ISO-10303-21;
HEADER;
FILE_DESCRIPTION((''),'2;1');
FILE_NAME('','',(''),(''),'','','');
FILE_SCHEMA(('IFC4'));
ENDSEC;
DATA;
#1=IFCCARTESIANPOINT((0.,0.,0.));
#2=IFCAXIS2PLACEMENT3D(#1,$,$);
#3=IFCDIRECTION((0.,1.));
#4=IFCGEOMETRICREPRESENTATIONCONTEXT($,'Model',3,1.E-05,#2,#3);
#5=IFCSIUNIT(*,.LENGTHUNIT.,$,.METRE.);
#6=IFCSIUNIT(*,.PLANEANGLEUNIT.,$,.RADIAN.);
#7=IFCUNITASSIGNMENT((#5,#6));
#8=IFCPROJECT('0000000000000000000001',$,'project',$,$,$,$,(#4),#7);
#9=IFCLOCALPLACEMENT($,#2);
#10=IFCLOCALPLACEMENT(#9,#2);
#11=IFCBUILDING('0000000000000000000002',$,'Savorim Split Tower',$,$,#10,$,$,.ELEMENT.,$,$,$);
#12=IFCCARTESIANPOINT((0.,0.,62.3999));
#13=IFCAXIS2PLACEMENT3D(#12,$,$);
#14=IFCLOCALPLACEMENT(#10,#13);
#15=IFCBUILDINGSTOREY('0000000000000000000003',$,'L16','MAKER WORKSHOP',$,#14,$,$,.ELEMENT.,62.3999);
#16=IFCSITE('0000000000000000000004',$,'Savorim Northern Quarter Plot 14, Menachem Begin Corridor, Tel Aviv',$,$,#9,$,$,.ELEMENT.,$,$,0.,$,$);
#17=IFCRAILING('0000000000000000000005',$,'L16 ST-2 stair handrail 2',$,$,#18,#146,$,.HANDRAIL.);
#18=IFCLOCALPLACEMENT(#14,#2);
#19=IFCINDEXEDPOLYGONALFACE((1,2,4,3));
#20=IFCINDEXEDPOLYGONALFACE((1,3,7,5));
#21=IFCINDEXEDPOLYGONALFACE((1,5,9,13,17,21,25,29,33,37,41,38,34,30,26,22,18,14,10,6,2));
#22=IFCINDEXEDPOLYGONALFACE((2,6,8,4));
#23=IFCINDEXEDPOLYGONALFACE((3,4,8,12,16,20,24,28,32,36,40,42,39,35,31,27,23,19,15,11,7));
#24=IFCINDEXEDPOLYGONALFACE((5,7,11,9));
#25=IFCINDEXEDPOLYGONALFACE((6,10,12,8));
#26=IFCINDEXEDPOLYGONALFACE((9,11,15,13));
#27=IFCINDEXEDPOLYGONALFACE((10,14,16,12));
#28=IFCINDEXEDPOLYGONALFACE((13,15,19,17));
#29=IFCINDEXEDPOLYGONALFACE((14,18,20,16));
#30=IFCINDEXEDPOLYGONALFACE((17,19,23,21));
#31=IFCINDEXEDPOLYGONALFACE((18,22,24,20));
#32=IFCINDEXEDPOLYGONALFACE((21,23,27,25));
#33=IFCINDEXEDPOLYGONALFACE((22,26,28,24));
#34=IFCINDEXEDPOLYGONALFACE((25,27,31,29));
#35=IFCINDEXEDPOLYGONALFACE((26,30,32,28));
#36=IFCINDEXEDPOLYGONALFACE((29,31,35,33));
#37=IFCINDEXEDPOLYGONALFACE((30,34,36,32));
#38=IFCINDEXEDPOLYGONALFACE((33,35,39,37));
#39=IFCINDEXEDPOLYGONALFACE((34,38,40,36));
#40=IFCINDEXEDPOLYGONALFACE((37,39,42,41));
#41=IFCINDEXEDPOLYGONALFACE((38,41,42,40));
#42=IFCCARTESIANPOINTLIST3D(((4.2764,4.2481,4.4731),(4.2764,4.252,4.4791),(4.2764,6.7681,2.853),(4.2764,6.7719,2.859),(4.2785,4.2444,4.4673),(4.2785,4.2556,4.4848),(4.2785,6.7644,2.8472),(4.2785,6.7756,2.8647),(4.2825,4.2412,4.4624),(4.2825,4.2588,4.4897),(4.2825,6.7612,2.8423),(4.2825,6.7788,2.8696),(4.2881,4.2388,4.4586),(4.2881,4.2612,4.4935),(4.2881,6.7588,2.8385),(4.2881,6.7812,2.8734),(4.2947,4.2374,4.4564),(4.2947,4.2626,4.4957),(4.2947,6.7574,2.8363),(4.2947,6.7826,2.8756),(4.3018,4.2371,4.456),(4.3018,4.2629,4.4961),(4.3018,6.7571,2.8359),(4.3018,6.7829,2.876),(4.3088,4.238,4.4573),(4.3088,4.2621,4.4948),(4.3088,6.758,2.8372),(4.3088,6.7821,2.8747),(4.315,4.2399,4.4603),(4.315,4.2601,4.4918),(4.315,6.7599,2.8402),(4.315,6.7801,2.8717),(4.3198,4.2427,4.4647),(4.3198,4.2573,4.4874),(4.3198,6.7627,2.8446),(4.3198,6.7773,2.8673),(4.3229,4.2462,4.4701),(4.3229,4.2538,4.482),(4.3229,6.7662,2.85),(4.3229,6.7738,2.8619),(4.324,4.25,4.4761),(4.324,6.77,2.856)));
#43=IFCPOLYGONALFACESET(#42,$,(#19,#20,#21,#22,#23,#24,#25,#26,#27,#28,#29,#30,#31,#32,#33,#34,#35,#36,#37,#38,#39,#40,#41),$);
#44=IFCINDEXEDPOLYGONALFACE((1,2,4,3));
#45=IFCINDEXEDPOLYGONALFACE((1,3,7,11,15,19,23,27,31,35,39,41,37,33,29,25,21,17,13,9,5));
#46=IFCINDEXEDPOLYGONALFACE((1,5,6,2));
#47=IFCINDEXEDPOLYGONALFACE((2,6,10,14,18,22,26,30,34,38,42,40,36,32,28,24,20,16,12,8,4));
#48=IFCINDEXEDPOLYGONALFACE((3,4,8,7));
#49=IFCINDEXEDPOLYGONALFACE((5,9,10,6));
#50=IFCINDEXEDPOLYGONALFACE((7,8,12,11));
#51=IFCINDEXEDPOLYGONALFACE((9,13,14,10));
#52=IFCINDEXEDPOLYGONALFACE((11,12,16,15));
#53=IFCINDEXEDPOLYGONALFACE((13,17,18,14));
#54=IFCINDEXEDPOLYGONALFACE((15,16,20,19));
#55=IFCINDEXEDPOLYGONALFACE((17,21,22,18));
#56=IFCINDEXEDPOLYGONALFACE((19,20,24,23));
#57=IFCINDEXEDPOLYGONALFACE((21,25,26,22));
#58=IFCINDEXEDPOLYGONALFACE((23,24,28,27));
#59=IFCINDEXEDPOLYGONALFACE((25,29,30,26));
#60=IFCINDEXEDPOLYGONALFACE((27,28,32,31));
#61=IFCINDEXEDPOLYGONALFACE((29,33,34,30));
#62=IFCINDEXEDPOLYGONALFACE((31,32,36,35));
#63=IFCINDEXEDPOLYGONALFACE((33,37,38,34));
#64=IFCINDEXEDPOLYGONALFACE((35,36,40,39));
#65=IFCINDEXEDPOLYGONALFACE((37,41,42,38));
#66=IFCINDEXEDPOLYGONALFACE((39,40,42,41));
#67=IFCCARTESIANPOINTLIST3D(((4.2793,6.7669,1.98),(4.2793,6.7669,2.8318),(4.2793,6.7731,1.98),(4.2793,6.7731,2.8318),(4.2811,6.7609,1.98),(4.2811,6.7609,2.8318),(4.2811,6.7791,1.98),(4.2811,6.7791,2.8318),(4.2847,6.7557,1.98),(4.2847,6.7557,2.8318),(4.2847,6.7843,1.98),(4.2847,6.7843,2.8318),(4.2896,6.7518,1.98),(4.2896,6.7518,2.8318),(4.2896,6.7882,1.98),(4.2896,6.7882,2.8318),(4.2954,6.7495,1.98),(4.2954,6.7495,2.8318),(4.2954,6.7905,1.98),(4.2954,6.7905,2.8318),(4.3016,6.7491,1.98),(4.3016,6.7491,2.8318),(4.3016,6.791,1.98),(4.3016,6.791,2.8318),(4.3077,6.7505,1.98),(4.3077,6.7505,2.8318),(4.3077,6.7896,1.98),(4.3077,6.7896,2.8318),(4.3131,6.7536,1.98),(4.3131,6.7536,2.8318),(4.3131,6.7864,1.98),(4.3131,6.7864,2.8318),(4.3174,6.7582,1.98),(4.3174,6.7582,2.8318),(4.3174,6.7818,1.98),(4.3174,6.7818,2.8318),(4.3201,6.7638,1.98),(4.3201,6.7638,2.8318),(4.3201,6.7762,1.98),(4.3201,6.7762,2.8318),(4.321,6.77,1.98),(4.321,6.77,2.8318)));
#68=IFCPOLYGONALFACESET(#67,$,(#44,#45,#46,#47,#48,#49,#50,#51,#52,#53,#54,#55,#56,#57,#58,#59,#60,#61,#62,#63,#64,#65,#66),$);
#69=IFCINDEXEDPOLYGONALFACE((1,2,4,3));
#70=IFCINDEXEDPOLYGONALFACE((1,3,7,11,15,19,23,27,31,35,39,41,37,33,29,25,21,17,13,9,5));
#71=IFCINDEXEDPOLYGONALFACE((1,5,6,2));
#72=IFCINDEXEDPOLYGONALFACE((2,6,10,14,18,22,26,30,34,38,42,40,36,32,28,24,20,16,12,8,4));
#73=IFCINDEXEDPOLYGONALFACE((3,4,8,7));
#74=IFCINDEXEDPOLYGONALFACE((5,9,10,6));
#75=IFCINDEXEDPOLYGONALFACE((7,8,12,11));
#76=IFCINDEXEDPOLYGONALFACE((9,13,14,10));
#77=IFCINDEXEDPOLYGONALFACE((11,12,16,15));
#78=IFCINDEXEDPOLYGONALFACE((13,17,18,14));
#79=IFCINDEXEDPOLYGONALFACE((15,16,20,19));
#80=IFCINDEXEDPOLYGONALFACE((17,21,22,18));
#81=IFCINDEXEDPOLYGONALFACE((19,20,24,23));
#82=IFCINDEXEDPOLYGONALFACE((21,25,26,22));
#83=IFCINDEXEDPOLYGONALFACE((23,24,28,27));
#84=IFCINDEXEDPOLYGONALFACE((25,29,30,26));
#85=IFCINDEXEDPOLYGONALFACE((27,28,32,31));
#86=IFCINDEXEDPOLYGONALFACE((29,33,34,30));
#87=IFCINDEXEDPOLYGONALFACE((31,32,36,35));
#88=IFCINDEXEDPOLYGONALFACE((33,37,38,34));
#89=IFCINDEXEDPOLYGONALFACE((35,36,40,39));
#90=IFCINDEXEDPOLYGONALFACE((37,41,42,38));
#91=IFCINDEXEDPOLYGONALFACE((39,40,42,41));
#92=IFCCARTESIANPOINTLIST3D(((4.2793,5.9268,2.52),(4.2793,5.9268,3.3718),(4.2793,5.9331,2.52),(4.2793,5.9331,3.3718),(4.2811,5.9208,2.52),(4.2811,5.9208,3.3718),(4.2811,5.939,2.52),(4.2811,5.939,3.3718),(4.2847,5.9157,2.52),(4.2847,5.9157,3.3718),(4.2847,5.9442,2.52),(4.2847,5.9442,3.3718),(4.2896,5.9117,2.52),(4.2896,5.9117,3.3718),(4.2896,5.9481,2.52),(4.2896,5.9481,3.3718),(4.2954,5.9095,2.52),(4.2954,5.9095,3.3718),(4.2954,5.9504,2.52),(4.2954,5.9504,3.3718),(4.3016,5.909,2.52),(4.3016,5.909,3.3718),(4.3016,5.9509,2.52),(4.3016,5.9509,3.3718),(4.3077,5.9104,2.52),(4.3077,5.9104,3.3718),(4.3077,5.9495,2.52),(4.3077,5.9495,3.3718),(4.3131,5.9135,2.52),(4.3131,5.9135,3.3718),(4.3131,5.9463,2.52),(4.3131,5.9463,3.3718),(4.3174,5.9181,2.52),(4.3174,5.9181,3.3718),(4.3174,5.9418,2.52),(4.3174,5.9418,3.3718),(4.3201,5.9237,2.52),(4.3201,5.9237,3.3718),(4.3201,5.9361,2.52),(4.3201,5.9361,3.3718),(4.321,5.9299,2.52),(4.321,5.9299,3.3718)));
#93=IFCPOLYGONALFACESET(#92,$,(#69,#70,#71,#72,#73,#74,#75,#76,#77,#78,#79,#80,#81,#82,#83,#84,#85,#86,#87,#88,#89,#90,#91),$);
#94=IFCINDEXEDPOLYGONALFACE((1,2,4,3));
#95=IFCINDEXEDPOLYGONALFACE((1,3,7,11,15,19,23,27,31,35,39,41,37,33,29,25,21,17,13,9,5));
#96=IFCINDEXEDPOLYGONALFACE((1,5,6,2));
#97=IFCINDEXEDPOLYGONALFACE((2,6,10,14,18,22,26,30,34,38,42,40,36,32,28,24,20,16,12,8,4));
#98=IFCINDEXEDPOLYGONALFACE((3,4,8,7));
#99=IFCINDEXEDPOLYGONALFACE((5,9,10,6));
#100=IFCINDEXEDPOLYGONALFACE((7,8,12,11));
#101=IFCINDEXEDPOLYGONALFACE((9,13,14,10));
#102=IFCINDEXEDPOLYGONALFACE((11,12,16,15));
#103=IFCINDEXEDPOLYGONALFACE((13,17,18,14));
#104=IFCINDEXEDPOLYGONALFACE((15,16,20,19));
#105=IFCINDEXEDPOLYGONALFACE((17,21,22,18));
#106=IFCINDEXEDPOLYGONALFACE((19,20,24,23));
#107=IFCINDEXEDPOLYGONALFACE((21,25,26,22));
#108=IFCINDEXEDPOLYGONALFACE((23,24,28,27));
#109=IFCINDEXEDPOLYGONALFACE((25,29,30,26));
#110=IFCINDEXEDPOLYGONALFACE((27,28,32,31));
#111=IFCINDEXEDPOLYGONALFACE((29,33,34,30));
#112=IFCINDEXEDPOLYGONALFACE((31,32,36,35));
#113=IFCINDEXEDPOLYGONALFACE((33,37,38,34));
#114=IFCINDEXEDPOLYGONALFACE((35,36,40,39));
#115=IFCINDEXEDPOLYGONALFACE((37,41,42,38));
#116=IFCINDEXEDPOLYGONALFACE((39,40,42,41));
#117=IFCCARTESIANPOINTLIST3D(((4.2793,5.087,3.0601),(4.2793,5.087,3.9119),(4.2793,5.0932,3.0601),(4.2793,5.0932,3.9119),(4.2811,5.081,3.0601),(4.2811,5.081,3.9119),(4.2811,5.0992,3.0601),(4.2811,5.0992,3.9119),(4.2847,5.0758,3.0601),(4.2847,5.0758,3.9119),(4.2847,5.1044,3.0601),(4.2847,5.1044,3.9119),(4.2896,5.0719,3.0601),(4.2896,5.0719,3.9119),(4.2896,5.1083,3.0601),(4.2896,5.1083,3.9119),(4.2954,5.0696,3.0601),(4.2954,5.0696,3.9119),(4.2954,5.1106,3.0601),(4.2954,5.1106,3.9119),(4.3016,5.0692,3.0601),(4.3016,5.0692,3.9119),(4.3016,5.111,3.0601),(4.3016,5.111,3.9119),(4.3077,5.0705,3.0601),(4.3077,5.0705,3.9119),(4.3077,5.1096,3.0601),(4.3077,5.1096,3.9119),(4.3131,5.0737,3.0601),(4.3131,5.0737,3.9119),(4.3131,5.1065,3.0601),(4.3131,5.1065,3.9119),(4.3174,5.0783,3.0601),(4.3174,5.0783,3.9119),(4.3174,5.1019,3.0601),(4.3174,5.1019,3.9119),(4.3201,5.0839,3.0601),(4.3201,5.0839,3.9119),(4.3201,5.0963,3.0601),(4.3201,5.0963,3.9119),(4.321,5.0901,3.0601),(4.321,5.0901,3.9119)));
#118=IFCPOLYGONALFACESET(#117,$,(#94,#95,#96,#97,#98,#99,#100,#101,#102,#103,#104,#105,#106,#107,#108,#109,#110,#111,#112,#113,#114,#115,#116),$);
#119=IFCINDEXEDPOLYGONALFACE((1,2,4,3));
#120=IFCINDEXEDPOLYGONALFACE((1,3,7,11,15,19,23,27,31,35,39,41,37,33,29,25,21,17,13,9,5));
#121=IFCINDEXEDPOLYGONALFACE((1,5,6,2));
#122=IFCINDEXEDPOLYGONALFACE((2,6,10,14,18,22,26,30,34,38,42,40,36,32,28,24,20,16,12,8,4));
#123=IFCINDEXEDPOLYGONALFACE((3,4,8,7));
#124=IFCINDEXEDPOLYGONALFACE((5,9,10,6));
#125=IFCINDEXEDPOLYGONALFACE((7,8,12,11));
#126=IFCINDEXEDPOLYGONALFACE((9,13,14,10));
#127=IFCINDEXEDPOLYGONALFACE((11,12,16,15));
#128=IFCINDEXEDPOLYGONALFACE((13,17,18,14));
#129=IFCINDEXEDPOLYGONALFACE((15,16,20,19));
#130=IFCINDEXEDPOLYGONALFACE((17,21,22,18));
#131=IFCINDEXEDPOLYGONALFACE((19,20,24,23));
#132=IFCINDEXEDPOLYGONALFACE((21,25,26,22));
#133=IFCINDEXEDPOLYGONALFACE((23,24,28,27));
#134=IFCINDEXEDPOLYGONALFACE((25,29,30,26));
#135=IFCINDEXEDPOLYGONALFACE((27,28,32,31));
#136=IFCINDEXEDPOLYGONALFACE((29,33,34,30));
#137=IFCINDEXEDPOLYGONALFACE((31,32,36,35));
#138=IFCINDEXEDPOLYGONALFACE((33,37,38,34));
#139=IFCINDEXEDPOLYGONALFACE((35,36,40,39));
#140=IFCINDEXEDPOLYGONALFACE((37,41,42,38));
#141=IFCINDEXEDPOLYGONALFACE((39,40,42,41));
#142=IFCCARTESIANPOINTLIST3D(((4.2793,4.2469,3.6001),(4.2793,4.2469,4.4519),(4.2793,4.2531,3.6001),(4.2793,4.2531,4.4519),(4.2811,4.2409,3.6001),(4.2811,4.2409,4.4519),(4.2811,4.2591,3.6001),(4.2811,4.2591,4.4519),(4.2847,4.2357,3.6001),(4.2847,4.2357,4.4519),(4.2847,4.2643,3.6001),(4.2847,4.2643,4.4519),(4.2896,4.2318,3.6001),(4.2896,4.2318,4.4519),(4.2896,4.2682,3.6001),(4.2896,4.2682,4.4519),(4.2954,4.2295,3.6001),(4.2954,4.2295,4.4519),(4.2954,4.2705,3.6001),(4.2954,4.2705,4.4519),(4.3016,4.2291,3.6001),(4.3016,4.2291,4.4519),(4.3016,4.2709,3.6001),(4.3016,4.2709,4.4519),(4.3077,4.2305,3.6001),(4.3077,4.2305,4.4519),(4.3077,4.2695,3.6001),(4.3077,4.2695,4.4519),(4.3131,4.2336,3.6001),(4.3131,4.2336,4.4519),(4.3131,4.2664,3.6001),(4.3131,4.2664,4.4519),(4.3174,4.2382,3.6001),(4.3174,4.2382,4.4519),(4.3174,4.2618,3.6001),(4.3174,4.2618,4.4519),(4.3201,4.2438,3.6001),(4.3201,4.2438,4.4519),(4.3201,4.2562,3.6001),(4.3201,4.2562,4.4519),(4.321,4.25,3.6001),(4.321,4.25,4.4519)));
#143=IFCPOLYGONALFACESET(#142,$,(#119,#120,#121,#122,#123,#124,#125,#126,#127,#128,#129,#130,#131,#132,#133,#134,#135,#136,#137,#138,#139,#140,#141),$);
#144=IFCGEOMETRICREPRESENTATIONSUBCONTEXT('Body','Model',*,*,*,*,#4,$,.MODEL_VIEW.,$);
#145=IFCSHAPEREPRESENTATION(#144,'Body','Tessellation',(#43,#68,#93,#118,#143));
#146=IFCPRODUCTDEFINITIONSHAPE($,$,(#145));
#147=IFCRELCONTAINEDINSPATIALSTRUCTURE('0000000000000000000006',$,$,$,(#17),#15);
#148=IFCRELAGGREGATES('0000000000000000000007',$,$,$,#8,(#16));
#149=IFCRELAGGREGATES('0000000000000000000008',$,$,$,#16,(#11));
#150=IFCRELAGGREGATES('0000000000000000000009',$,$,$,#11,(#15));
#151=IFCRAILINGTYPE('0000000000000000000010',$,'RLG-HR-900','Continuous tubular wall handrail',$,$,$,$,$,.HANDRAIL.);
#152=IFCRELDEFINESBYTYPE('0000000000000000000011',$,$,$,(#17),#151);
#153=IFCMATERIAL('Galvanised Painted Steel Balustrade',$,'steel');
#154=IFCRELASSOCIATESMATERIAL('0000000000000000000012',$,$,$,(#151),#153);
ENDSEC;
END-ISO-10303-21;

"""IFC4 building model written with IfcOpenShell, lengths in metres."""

from ifc_helpers import new_model, si_unit, direction, frame, origin, origin_2d, place, context, subcontext, project, spatial, circle, extrude, material, type_object, element, save


model = new_model("IFC4")

# Units and contexts
model_context = context("Model", 3, precision=1e-05, world=origin(), true_north=direction((0.0, 1.0)))
body_context = subcontext(model_context, "Body", "Model", "MODEL_VIEW")
ifc_project = project(units=[si_unit("LENGTHUNIT", "METRE"), si_unit("PLANEANGLEUNIT", "RADIAN")], contexts=[model_context])

# Site, building, storey
site_placement = place(None, origin())
site = spatial("IfcSite", under=ifc_project, at=site_placement, Name="Savorim Northern Quarter Plot 14, Menachem Begin Corridor, Tel Aviv", CompositionType="ELEMENT", RefElevation=0.0)
building_placement = place(site_placement, origin())
building = spatial("IfcBuilding", under=site, at=building_placement, Name="Savorim Split Tower", CompositionType="ELEMENT")
storey_placement = place(building_placement, frame((0.0, 0.0, 62.3999)))
storey = spatial("IfcBuildingStorey", under=building, at=storey_placement, Name="L16", Description="MAKER WORKSHOP", CompositionType="ELEMENT", Elevation=62.3999)

# Railing
ifc_material_1 = material(Name="Galvanised Painted Steel Balustrade", Category="steel")
railing_type_1 = type_object("IfcRailingType", Name="RLG-HR-900", Description="Continuous tubular wall handrail", PredefinedType="HANDRAIL", material=ifc_material_1)
railing_1_placement = place(storey_placement, frame((4.3, 6.77, 1.98)))
element("IfcRailing", 1, at=railing_1_placement, inside=storey, type_object=railing_type_1, Name="L16 ST-2 stair handrail 2", PredefinedType="HANDRAIL", context=body_context, shape_type="SweptSolid", body=[
    extrude(circle(Radius=0.0239, at=origin_2d()), frame((0.0, 0.0, 0.876), z_axis=(0.0, -0.841163, 0.540782), x_axis=(1.0, 0.0, 0.0)), (0.0, 0.0, 1.0), 2.9958),
    extrude(circle(Radius=0.021, at=origin_2d()), origin(), (0.0, 0.0, 1.0), 0.8518),
    extrude(circle(Radius=0.021, at=origin_2d()), frame((0.0, -0.8401, 0.54)), (0.0, 0.0, 1.0), 0.8518),
    extrude(circle(Radius=0.021, at=origin_2d()), frame((0.0, -1.6799, 1.0801)), (0.0, 0.0, 1.0), 0.8518),
    extrude(circle(Radius=0.021, at=origin_2d()), frame((0.0, -2.52, 1.6201)), (0.0, 0.0, 1.0), 0.8518),
])

save(model, "model.ifc")
